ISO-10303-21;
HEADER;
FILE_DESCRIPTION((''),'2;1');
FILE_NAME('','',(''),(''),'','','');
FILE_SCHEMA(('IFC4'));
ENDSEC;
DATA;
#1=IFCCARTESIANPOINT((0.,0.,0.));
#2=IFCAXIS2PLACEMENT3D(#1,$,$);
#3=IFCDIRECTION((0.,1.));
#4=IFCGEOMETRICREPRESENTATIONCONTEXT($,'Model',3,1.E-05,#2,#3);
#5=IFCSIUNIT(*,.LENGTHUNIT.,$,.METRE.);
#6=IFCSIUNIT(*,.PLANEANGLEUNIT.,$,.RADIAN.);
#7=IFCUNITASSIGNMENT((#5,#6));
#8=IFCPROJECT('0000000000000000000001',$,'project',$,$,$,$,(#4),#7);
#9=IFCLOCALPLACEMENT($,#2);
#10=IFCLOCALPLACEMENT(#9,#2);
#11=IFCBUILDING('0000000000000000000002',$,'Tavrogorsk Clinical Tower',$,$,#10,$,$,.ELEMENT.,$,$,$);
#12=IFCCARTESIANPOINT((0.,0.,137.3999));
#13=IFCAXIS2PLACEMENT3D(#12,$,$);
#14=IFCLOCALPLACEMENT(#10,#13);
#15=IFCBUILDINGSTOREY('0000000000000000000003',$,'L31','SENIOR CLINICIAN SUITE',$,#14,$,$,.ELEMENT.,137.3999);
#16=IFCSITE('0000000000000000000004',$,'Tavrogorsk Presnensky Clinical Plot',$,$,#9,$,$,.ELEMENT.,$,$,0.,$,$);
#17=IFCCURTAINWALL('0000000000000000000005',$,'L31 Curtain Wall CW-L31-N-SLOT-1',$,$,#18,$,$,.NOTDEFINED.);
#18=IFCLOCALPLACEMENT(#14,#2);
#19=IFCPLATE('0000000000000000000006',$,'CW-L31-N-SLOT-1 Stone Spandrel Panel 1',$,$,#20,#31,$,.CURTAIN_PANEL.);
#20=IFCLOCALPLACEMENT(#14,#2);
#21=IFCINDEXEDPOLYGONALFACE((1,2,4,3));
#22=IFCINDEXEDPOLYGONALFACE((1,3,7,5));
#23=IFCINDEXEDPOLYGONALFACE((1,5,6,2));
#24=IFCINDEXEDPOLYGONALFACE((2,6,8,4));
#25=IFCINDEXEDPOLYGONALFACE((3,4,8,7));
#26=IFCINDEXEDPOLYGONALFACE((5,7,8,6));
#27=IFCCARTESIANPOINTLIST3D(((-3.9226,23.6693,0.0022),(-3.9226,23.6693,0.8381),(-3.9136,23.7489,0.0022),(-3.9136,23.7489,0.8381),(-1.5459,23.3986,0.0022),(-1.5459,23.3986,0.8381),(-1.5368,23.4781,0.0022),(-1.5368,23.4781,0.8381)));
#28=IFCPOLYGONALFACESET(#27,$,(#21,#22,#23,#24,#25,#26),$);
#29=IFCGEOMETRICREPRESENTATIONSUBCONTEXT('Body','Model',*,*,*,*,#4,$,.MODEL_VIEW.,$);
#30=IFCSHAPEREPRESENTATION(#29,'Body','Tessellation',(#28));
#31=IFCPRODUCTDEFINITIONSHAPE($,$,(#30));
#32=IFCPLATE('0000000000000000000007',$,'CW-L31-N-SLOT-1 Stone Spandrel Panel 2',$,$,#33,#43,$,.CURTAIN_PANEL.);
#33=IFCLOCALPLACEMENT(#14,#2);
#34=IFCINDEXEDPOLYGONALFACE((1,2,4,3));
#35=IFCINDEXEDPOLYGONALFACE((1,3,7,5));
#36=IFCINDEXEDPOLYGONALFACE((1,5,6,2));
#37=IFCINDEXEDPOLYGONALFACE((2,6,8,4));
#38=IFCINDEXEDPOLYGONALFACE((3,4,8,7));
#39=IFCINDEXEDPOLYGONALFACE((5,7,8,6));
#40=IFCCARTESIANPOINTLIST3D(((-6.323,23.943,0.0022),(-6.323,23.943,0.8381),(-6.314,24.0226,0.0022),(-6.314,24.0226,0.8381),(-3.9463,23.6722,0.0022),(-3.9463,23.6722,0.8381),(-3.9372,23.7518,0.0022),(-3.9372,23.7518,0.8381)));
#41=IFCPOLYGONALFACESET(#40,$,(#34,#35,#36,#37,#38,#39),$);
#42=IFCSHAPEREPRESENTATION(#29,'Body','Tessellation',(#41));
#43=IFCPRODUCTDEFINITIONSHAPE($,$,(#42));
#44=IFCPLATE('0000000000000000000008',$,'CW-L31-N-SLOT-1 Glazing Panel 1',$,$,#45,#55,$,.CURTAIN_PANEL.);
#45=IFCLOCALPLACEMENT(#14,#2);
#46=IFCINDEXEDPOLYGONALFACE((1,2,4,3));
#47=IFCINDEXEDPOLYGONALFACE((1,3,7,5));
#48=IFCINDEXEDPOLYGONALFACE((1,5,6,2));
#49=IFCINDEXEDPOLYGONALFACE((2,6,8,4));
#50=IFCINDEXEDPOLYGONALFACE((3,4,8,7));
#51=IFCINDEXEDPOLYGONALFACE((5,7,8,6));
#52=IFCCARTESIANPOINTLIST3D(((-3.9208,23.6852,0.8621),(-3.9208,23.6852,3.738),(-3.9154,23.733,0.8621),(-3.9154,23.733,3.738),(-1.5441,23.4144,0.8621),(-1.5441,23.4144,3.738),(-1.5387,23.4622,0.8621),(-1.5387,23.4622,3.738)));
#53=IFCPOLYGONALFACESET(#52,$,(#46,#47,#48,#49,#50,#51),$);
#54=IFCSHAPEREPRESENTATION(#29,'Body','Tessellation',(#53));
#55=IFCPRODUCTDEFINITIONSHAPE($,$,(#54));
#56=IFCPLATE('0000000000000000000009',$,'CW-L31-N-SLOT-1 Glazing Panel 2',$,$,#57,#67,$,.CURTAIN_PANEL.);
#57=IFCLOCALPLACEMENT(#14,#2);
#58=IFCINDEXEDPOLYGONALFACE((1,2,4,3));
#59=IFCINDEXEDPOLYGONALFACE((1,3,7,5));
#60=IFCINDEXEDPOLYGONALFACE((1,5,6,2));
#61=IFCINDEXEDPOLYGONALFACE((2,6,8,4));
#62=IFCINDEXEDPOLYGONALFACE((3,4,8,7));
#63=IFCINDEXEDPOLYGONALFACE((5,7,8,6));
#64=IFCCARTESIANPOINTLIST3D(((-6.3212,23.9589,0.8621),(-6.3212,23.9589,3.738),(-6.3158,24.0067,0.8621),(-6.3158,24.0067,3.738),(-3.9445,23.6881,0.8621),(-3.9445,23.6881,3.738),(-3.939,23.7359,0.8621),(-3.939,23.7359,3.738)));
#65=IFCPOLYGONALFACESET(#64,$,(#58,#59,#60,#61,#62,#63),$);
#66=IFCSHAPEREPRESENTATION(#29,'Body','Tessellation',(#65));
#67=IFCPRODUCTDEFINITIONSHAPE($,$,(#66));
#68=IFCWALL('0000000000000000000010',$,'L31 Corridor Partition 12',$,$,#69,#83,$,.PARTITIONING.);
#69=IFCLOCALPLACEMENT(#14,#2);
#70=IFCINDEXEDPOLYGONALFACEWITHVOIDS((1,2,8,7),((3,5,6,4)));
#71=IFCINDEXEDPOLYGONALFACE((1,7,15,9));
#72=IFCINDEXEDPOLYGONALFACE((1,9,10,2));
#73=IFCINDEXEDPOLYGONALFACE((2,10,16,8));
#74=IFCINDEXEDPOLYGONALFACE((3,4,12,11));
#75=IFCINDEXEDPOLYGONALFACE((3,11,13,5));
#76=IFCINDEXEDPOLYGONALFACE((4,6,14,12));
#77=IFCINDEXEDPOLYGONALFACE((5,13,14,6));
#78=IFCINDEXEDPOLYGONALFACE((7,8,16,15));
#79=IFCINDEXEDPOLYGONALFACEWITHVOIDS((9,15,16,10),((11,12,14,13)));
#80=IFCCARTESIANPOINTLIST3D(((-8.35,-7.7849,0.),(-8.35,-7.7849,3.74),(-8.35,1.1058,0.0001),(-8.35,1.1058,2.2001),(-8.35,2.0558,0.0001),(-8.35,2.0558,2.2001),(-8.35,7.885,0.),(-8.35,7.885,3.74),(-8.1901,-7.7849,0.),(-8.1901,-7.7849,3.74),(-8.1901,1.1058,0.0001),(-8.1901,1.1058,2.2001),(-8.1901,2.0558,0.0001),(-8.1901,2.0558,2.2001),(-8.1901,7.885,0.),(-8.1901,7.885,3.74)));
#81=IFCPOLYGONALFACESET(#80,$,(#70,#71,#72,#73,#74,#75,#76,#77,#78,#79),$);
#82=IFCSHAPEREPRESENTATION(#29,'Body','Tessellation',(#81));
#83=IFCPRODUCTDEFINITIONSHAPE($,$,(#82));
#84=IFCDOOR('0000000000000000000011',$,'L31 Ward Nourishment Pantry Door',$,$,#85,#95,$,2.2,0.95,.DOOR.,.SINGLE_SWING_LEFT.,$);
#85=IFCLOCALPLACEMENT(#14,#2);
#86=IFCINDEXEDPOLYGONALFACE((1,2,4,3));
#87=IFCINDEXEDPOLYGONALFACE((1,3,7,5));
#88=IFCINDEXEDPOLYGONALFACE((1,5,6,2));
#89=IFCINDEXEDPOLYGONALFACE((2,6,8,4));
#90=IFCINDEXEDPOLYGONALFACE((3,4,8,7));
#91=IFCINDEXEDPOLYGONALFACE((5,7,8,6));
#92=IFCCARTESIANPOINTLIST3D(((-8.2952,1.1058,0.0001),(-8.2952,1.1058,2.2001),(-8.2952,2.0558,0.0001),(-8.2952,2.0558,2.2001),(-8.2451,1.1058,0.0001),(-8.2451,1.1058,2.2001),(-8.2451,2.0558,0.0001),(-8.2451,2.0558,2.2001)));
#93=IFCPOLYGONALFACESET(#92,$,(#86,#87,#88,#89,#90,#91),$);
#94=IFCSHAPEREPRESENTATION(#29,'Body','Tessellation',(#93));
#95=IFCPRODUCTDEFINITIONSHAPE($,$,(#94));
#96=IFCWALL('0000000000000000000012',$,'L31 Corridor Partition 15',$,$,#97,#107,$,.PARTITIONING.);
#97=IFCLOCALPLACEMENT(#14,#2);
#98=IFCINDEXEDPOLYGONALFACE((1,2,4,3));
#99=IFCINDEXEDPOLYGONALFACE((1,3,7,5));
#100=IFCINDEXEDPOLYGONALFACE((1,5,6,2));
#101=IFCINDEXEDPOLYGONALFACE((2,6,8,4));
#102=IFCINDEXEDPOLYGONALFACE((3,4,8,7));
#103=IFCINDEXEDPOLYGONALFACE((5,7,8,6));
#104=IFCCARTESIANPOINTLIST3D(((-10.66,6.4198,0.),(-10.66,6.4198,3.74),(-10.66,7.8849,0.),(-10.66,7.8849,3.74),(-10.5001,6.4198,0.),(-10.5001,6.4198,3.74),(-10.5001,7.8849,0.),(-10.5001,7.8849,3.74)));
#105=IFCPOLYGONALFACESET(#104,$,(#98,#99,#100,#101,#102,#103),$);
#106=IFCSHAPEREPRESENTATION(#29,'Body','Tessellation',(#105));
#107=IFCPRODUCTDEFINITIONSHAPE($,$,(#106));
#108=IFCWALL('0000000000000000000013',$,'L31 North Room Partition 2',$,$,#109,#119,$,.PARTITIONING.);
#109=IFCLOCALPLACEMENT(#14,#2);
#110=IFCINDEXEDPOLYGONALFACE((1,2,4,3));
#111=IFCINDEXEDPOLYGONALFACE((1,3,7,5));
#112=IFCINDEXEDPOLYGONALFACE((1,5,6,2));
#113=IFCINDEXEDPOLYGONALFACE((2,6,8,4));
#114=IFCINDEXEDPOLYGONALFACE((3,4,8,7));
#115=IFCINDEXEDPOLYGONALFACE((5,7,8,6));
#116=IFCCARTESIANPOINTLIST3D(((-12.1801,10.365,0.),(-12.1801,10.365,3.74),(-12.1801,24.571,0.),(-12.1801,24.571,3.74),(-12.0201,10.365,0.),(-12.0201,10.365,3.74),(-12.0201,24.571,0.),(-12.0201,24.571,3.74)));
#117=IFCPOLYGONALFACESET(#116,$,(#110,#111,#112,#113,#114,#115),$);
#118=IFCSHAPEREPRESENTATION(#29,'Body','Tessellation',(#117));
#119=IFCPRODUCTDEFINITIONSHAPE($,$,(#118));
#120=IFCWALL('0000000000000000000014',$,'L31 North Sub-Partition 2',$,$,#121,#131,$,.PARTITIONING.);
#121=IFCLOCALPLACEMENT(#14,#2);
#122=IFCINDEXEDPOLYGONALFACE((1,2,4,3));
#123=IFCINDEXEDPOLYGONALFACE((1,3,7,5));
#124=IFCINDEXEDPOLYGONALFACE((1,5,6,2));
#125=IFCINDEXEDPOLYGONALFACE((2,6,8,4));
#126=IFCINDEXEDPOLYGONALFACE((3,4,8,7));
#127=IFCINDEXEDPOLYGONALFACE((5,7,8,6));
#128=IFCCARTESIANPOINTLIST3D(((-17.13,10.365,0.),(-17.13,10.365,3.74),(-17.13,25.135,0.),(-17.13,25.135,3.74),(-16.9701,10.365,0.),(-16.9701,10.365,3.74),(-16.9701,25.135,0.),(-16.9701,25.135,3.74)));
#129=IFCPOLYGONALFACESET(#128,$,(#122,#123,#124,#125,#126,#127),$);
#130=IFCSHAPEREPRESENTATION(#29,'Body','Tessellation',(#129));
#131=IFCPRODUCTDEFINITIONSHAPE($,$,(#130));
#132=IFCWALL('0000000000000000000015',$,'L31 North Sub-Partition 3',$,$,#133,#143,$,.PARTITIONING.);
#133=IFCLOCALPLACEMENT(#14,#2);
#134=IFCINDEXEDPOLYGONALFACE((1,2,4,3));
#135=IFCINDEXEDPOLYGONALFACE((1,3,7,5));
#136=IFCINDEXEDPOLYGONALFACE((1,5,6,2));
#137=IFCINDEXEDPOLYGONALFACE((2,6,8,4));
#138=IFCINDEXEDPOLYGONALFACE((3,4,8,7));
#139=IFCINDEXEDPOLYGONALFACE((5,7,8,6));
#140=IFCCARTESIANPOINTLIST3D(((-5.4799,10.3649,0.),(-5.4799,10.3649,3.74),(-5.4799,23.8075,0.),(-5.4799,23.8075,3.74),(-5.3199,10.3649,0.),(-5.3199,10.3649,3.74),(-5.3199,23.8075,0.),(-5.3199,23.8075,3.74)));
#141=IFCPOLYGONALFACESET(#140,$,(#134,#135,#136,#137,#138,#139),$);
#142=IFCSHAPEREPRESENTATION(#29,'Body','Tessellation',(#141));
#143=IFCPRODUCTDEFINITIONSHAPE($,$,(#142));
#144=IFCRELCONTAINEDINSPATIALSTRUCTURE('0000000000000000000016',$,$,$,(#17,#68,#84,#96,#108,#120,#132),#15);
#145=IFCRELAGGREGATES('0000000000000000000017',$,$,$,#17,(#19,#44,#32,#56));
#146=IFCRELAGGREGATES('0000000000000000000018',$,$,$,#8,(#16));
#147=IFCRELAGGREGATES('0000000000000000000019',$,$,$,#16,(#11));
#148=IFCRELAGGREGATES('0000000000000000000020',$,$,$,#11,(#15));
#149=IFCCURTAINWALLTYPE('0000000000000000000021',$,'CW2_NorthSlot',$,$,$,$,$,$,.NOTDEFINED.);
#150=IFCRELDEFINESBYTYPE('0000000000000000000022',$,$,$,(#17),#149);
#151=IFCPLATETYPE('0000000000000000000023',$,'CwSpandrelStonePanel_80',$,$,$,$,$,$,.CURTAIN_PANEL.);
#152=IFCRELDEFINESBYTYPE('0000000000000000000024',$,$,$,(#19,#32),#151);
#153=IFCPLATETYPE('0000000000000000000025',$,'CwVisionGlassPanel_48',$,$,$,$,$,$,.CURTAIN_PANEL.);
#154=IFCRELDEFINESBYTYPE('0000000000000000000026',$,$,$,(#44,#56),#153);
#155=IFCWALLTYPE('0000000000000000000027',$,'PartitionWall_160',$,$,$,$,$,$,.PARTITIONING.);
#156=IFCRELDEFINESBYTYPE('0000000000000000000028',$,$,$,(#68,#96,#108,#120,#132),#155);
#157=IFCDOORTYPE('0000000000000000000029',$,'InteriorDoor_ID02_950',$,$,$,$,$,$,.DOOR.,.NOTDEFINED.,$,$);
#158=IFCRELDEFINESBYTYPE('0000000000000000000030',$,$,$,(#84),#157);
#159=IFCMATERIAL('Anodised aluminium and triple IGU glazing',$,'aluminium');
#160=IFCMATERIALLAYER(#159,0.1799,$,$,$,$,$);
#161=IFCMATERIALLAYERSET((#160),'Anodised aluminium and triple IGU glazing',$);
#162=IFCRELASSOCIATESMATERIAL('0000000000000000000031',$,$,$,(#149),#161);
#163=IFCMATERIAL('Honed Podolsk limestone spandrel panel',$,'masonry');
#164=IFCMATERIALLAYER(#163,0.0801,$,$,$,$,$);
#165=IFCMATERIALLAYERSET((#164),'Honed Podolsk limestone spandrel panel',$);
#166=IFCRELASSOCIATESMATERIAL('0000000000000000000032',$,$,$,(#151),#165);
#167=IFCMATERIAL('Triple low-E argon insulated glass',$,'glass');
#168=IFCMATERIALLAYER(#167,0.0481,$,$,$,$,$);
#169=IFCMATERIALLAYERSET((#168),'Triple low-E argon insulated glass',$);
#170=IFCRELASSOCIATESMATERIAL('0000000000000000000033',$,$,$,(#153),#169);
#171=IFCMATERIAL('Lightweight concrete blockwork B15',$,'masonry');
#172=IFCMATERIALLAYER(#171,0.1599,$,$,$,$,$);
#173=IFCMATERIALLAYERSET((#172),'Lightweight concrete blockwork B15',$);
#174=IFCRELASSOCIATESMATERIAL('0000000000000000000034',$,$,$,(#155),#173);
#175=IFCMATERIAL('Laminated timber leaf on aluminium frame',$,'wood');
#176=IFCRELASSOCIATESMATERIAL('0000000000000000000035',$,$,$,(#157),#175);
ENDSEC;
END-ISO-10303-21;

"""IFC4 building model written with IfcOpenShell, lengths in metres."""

from ifc_helpers import new_model, si_unit, direction, frame, frame_2d, origin, origin_2d, place, context, subcontext, project, spatial, rectangle, extrude, material, layer, layer_set, type_object, element, fill, aggregate, save


model = new_model("IFC4")

# Units and contexts
model_context = context("Model", 3, precision=1e-05, world=origin(), true_north=direction((0.0, 1.0)))
body_context = subcontext(model_context, "Body", "Model", "MODEL_VIEW")
ifc_project = project(units=[si_unit("LENGTHUNIT", "METRE"), si_unit("PLANEANGLEUNIT", "RADIAN")], contexts=[model_context])

# Site, building, storey
site_placement = place(None, origin())
site = spatial("IfcSite", under=ifc_project, at=site_placement, Name="Tavrogorsk Presnensky Clinical Plot", CompositionType="ELEMENT", RefElevation=0.0)
building_placement = place(site_placement, origin())
building = spatial("IfcBuilding", under=site, at=building_placement, Name="Tavrogorsk Clinical Tower", CompositionType="ELEMENT")
storey_placement = place(building_placement, frame((0.0, 0.0, 137.3999)))
storey = spatial("IfcBuildingStorey", under=building, at=storey_placement, Name="L31", Description="SENIOR CLINICIAN SUITE", CompositionType="ELEMENT", Elevation=137.3999)

# Curtain wall
ifc_material_1 = material(Name="Anodised aluminium and triple IGU glazing", Category="aluminium")
ifc_layer_1 = layer(ifc_material_1, 0.1799)
ifc_layer_set_1 = layer_set([ifc_layer_1], Name="Anodised aluminium and triple IGU glazing")
curtain_wall_type = type_object("IfcCurtainWallType", Name="CW2_NorthSlot", PredefinedType="NOTDEFINED", material=ifc_layer_set_1)
curtain_wall_placement = place(storey_placement, origin())
curtain_wall = element("IfcCurtainWall", 1, at=curtain_wall_placement, inside=storey, type_object=curtain_wall_type, Name="L31 Curtain Wall CW-L31-N-SLOT-1", PredefinedType="NOTDEFINED")

# Plates
ifc_material_2 = material(Name="Honed Podolsk limestone spandrel panel", Category="masonry")
ifc_layer_2 = layer(ifc_material_2, 0.0801)
ifc_layer_set_2 = layer_set([ifc_layer_2], Name="Honed Podolsk limestone spandrel panel")
plate_type_1 = type_object("IfcPlateType", Name="CwSpandrelStonePanel_80", PredefinedType="CURTAIN_PANEL", material=ifc_layer_set_2)
plate_1_placement = place(storey_placement, frame((-2.7297, 23.5737, 0.0022), z_axis=(0.0, 0.0, 1.0), x_axis=(-0.993572, 0.113203, 0.0)))
plate_1 = element("IfcPlate", 2, at=plate_1_placement, type_object=plate_type_1, Name="CW-L31-N-SLOT-1 Stone Spandrel Panel 1", PredefinedType="CURTAIN_PANEL", context=body_context, shape_type="SweptSolid", body=[
    extrude(rectangle(XDim=2.3921, YDim=0.0801, at=origin_2d()), origin(), (0.0, 0.0, 1.0), 0.8359),
])
plate_2_placement = place(storey_placement, frame((-5.1301, 23.8474, 0.0022), z_axis=(0.0, 0.0, 1.0), x_axis=(-0.993572, 0.113203, 0.0)))
plate_2 = element("IfcPlate", 3, at=plate_2_placement, type_object=plate_type_1, Name="CW-L31-N-SLOT-1 Stone Spandrel Panel 2", PredefinedType="CURTAIN_PANEL", context=body_context, shape_type="SweptSolid", body=[
    extrude(rectangle(XDim=2.3921, YDim=0.0801, at=origin_2d()), origin(), (0.0, 0.0, 1.0), 0.8359),
])
ifc_material_3 = material(Name="Triple low-E argon insulated glass", Category="glass")
ifc_layer_3 = layer(ifc_material_3, 0.0481)
ifc_layer_set_3 = layer_set([ifc_layer_3], Name="Triple low-E argon insulated glass")
plate_type_2 = type_object("IfcPlateType", Name="CwVisionGlassPanel_48", PredefinedType="CURTAIN_PANEL", material=ifc_layer_set_3)
plate_3_placement = place(storey_placement, frame((-2.7297, 23.5737, 0.8621), z_axis=(0.0, 0.0, 1.0), x_axis=(-0.993572, 0.113203, 0.0)))
plate_3 = element("IfcPlate", 4, at=plate_3_placement, type_object=plate_type_2, Name="CW-L31-N-SLOT-1 Glazing Panel 1", PredefinedType="CURTAIN_PANEL", context=body_context, shape_type="SweptSolid", body=[
    extrude(rectangle(XDim=2.3921, YDim=0.0481, at=origin_2d()), origin(), (0.0, 0.0, 1.0), 2.876),
])
plate_4_placement = place(storey_placement, frame((-5.1301, 23.8474, 0.8621), z_axis=(0.0, 0.0, 1.0), x_axis=(-0.993572, 0.113203, 0.0)))
plate_4 = element("IfcPlate", 5, at=plate_4_placement, type_object=plate_type_2, Name="CW-L31-N-SLOT-1 Glazing Panel 2", PredefinedType="CURTAIN_PANEL", context=body_context, shape_type="SweptSolid", body=[
    extrude(rectangle(XDim=2.3921, YDim=0.0481, at=origin_2d()), origin(), (0.0, 0.0, 1.0), 2.876),
])
aggregate(curtain_wall, [plate_1, plate_3, plate_2, plate_4])

# Wall, opening, door
ifc_material_4 = material(Name="Lightweight concrete blockwork B15", Category="masonry")
ifc_layer_4 = layer(ifc_material_4, 0.1599)
ifc_layer_set_4 = layer_set([ifc_layer_4], Name="Lightweight concrete blockwork B15")
wall_type_1 = type_object("IfcWallType", Name="PartitionWall_160", PredefinedType="PARTITIONING", material=ifc_layer_set_4)
wall_1_placement = place(storey_placement, frame((-8.27, 7.885, 0.0), z_axis=(0.0, 0.0, 1.0), x_axis=(0.0, -1.0, 0.0)))
wall_1 = element("IfcWall", 6, at=wall_1_placement, inside=storey, type_object=wall_type_1, Name="L31 Corridor Partition 12", PredefinedType="PARTITIONING", context=body_context, shape_type="SweptSolid", body=[
    extrude(rectangle(XDim=15.6699, YDim=0.1599, at=frame_2d((7.835, 0.0))), origin(), (0.0, 0.0, 1.0), 3.74),
])
opening_1_placement = place(wall_1_placement, frame((5.8291, 0.0, 0.0)))
opening_1 = element("IfcOpeningElement", 7, at=opening_1_placement, cuts=wall_1, PredefinedType="OPENING", context=body_context, shape_type="SweptSolid", body=[
    extrude(rectangle(XDim=0.95, YDim=2.2, at=frame_2d((0.4751, 1.1001))), frame((0.0, 0.0898, 0.0), z_axis=(0.0, -1.0, 0.0), x_axis=(1.0, 0.0, 0.0)), (0.0, 0.0, 1.0), 0.1799),
])
ifc_material_5 = material(Name="Laminated timber leaf on aluminium frame", Category="wood")
door_type = type_object("IfcDoorType", Name="InteriorDoor_ID02_950", OperationType="NOTDEFINED", PredefinedType="DOOR", material=ifc_material_5)
door_placement = place(opening_1_placement, origin())
door = element("IfcDoor", 8, at=door_placement, inside=storey, type_object=door_type, Name="L31 Ward Nourishment Pantry Door", OperationType="SINGLE_SWING_LEFT", OverallHeight=2.2, OverallWidth=0.95, PredefinedType="DOOR", context=body_context, shape_type="SweptSolid", body=[
    extrude(rectangle(XDim=0.95, YDim=2.2, at=frame_2d((0.4751, 1.1001))), frame((0.0, 0.0249, 0.0), z_axis=(0.0, -1.0, 0.0), x_axis=(1.0, 0.0, 0.0)), (0.0, 0.0, 1.0), 0.05),
])
fill(opening_1, door)

# Walls
wall_2_placement = place(storey_placement, frame((-10.5801, 6.4199, 0.0), z_axis=(0.0, 0.0, 1.0), x_axis=(0.0, 1.0, 0.0)))
element("IfcWall", 9, at=wall_2_placement, inside=storey, type_object=wall_type_1, Name="L31 Corridor Partition 15", PredefinedType="PARTITIONING", context=body_context, shape_type="SweptSolid", body=[
    extrude(rectangle(XDim=1.4651, YDim=0.1599, at=frame_2d((0.7324, 0.0))), origin(), (0.0, 0.0, 1.0), 3.74),
])
wall_3_placement = place(storey_placement, frame((-12.1001, 10.365, 0.0), z_axis=(0.0, 0.0, 1.0), x_axis=(0.0, 1.0, 0.0)))
element("IfcWall", 10, at=wall_3_placement, inside=storey, type_object=wall_type_1, Name="L31 North Room Partition 2", PredefinedType="PARTITIONING", context=body_context, shape_type="SweptSolid", body=[
    extrude(rectangle(XDim=14.2061, YDim=0.1599, at=frame_2d((7.103, 0.0))), origin(), (0.0, 0.0, 1.0), 3.74),
])
wall_4_placement = place(storey_placement, frame((-17.05, 10.365, 0.0), z_axis=(0.0, 0.0, 1.0), x_axis=(0.0, 1.0, 0.0)))
element("IfcWall", 11, at=wall_4_placement, inside=storey, type_object=wall_type_1, Name="L31 North Sub-Partition 2", PredefinedType="PARTITIONING", context=body_context, shape_type="SweptSolid", body=[
    extrude(rectangle(XDim=14.77, YDim=0.1599, at=frame_2d((7.385, 0.0))), origin(), (0.0, 0.0, 1.0), 3.74),
])
wall_5_placement = place(storey_placement, frame((-5.3999, 10.365, 0.0), z_axis=(0.0, 0.0, 1.0), x_axis=(0.0, 1.0, 0.0)))
element("IfcWall", 12, at=wall_5_placement, inside=storey, type_object=wall_type_1, Name="L31 North Sub-Partition 3", PredefinedType="PARTITIONING", context=body_context, shape_type="SweptSolid", body=[
    extrude(rectangle(XDim=13.4426, YDim=0.1599, at=frame_2d((6.7212, 0.0))), origin(), (0.0, 0.0, 1.0), 3.74),
])

save(model, "model.ifc")
